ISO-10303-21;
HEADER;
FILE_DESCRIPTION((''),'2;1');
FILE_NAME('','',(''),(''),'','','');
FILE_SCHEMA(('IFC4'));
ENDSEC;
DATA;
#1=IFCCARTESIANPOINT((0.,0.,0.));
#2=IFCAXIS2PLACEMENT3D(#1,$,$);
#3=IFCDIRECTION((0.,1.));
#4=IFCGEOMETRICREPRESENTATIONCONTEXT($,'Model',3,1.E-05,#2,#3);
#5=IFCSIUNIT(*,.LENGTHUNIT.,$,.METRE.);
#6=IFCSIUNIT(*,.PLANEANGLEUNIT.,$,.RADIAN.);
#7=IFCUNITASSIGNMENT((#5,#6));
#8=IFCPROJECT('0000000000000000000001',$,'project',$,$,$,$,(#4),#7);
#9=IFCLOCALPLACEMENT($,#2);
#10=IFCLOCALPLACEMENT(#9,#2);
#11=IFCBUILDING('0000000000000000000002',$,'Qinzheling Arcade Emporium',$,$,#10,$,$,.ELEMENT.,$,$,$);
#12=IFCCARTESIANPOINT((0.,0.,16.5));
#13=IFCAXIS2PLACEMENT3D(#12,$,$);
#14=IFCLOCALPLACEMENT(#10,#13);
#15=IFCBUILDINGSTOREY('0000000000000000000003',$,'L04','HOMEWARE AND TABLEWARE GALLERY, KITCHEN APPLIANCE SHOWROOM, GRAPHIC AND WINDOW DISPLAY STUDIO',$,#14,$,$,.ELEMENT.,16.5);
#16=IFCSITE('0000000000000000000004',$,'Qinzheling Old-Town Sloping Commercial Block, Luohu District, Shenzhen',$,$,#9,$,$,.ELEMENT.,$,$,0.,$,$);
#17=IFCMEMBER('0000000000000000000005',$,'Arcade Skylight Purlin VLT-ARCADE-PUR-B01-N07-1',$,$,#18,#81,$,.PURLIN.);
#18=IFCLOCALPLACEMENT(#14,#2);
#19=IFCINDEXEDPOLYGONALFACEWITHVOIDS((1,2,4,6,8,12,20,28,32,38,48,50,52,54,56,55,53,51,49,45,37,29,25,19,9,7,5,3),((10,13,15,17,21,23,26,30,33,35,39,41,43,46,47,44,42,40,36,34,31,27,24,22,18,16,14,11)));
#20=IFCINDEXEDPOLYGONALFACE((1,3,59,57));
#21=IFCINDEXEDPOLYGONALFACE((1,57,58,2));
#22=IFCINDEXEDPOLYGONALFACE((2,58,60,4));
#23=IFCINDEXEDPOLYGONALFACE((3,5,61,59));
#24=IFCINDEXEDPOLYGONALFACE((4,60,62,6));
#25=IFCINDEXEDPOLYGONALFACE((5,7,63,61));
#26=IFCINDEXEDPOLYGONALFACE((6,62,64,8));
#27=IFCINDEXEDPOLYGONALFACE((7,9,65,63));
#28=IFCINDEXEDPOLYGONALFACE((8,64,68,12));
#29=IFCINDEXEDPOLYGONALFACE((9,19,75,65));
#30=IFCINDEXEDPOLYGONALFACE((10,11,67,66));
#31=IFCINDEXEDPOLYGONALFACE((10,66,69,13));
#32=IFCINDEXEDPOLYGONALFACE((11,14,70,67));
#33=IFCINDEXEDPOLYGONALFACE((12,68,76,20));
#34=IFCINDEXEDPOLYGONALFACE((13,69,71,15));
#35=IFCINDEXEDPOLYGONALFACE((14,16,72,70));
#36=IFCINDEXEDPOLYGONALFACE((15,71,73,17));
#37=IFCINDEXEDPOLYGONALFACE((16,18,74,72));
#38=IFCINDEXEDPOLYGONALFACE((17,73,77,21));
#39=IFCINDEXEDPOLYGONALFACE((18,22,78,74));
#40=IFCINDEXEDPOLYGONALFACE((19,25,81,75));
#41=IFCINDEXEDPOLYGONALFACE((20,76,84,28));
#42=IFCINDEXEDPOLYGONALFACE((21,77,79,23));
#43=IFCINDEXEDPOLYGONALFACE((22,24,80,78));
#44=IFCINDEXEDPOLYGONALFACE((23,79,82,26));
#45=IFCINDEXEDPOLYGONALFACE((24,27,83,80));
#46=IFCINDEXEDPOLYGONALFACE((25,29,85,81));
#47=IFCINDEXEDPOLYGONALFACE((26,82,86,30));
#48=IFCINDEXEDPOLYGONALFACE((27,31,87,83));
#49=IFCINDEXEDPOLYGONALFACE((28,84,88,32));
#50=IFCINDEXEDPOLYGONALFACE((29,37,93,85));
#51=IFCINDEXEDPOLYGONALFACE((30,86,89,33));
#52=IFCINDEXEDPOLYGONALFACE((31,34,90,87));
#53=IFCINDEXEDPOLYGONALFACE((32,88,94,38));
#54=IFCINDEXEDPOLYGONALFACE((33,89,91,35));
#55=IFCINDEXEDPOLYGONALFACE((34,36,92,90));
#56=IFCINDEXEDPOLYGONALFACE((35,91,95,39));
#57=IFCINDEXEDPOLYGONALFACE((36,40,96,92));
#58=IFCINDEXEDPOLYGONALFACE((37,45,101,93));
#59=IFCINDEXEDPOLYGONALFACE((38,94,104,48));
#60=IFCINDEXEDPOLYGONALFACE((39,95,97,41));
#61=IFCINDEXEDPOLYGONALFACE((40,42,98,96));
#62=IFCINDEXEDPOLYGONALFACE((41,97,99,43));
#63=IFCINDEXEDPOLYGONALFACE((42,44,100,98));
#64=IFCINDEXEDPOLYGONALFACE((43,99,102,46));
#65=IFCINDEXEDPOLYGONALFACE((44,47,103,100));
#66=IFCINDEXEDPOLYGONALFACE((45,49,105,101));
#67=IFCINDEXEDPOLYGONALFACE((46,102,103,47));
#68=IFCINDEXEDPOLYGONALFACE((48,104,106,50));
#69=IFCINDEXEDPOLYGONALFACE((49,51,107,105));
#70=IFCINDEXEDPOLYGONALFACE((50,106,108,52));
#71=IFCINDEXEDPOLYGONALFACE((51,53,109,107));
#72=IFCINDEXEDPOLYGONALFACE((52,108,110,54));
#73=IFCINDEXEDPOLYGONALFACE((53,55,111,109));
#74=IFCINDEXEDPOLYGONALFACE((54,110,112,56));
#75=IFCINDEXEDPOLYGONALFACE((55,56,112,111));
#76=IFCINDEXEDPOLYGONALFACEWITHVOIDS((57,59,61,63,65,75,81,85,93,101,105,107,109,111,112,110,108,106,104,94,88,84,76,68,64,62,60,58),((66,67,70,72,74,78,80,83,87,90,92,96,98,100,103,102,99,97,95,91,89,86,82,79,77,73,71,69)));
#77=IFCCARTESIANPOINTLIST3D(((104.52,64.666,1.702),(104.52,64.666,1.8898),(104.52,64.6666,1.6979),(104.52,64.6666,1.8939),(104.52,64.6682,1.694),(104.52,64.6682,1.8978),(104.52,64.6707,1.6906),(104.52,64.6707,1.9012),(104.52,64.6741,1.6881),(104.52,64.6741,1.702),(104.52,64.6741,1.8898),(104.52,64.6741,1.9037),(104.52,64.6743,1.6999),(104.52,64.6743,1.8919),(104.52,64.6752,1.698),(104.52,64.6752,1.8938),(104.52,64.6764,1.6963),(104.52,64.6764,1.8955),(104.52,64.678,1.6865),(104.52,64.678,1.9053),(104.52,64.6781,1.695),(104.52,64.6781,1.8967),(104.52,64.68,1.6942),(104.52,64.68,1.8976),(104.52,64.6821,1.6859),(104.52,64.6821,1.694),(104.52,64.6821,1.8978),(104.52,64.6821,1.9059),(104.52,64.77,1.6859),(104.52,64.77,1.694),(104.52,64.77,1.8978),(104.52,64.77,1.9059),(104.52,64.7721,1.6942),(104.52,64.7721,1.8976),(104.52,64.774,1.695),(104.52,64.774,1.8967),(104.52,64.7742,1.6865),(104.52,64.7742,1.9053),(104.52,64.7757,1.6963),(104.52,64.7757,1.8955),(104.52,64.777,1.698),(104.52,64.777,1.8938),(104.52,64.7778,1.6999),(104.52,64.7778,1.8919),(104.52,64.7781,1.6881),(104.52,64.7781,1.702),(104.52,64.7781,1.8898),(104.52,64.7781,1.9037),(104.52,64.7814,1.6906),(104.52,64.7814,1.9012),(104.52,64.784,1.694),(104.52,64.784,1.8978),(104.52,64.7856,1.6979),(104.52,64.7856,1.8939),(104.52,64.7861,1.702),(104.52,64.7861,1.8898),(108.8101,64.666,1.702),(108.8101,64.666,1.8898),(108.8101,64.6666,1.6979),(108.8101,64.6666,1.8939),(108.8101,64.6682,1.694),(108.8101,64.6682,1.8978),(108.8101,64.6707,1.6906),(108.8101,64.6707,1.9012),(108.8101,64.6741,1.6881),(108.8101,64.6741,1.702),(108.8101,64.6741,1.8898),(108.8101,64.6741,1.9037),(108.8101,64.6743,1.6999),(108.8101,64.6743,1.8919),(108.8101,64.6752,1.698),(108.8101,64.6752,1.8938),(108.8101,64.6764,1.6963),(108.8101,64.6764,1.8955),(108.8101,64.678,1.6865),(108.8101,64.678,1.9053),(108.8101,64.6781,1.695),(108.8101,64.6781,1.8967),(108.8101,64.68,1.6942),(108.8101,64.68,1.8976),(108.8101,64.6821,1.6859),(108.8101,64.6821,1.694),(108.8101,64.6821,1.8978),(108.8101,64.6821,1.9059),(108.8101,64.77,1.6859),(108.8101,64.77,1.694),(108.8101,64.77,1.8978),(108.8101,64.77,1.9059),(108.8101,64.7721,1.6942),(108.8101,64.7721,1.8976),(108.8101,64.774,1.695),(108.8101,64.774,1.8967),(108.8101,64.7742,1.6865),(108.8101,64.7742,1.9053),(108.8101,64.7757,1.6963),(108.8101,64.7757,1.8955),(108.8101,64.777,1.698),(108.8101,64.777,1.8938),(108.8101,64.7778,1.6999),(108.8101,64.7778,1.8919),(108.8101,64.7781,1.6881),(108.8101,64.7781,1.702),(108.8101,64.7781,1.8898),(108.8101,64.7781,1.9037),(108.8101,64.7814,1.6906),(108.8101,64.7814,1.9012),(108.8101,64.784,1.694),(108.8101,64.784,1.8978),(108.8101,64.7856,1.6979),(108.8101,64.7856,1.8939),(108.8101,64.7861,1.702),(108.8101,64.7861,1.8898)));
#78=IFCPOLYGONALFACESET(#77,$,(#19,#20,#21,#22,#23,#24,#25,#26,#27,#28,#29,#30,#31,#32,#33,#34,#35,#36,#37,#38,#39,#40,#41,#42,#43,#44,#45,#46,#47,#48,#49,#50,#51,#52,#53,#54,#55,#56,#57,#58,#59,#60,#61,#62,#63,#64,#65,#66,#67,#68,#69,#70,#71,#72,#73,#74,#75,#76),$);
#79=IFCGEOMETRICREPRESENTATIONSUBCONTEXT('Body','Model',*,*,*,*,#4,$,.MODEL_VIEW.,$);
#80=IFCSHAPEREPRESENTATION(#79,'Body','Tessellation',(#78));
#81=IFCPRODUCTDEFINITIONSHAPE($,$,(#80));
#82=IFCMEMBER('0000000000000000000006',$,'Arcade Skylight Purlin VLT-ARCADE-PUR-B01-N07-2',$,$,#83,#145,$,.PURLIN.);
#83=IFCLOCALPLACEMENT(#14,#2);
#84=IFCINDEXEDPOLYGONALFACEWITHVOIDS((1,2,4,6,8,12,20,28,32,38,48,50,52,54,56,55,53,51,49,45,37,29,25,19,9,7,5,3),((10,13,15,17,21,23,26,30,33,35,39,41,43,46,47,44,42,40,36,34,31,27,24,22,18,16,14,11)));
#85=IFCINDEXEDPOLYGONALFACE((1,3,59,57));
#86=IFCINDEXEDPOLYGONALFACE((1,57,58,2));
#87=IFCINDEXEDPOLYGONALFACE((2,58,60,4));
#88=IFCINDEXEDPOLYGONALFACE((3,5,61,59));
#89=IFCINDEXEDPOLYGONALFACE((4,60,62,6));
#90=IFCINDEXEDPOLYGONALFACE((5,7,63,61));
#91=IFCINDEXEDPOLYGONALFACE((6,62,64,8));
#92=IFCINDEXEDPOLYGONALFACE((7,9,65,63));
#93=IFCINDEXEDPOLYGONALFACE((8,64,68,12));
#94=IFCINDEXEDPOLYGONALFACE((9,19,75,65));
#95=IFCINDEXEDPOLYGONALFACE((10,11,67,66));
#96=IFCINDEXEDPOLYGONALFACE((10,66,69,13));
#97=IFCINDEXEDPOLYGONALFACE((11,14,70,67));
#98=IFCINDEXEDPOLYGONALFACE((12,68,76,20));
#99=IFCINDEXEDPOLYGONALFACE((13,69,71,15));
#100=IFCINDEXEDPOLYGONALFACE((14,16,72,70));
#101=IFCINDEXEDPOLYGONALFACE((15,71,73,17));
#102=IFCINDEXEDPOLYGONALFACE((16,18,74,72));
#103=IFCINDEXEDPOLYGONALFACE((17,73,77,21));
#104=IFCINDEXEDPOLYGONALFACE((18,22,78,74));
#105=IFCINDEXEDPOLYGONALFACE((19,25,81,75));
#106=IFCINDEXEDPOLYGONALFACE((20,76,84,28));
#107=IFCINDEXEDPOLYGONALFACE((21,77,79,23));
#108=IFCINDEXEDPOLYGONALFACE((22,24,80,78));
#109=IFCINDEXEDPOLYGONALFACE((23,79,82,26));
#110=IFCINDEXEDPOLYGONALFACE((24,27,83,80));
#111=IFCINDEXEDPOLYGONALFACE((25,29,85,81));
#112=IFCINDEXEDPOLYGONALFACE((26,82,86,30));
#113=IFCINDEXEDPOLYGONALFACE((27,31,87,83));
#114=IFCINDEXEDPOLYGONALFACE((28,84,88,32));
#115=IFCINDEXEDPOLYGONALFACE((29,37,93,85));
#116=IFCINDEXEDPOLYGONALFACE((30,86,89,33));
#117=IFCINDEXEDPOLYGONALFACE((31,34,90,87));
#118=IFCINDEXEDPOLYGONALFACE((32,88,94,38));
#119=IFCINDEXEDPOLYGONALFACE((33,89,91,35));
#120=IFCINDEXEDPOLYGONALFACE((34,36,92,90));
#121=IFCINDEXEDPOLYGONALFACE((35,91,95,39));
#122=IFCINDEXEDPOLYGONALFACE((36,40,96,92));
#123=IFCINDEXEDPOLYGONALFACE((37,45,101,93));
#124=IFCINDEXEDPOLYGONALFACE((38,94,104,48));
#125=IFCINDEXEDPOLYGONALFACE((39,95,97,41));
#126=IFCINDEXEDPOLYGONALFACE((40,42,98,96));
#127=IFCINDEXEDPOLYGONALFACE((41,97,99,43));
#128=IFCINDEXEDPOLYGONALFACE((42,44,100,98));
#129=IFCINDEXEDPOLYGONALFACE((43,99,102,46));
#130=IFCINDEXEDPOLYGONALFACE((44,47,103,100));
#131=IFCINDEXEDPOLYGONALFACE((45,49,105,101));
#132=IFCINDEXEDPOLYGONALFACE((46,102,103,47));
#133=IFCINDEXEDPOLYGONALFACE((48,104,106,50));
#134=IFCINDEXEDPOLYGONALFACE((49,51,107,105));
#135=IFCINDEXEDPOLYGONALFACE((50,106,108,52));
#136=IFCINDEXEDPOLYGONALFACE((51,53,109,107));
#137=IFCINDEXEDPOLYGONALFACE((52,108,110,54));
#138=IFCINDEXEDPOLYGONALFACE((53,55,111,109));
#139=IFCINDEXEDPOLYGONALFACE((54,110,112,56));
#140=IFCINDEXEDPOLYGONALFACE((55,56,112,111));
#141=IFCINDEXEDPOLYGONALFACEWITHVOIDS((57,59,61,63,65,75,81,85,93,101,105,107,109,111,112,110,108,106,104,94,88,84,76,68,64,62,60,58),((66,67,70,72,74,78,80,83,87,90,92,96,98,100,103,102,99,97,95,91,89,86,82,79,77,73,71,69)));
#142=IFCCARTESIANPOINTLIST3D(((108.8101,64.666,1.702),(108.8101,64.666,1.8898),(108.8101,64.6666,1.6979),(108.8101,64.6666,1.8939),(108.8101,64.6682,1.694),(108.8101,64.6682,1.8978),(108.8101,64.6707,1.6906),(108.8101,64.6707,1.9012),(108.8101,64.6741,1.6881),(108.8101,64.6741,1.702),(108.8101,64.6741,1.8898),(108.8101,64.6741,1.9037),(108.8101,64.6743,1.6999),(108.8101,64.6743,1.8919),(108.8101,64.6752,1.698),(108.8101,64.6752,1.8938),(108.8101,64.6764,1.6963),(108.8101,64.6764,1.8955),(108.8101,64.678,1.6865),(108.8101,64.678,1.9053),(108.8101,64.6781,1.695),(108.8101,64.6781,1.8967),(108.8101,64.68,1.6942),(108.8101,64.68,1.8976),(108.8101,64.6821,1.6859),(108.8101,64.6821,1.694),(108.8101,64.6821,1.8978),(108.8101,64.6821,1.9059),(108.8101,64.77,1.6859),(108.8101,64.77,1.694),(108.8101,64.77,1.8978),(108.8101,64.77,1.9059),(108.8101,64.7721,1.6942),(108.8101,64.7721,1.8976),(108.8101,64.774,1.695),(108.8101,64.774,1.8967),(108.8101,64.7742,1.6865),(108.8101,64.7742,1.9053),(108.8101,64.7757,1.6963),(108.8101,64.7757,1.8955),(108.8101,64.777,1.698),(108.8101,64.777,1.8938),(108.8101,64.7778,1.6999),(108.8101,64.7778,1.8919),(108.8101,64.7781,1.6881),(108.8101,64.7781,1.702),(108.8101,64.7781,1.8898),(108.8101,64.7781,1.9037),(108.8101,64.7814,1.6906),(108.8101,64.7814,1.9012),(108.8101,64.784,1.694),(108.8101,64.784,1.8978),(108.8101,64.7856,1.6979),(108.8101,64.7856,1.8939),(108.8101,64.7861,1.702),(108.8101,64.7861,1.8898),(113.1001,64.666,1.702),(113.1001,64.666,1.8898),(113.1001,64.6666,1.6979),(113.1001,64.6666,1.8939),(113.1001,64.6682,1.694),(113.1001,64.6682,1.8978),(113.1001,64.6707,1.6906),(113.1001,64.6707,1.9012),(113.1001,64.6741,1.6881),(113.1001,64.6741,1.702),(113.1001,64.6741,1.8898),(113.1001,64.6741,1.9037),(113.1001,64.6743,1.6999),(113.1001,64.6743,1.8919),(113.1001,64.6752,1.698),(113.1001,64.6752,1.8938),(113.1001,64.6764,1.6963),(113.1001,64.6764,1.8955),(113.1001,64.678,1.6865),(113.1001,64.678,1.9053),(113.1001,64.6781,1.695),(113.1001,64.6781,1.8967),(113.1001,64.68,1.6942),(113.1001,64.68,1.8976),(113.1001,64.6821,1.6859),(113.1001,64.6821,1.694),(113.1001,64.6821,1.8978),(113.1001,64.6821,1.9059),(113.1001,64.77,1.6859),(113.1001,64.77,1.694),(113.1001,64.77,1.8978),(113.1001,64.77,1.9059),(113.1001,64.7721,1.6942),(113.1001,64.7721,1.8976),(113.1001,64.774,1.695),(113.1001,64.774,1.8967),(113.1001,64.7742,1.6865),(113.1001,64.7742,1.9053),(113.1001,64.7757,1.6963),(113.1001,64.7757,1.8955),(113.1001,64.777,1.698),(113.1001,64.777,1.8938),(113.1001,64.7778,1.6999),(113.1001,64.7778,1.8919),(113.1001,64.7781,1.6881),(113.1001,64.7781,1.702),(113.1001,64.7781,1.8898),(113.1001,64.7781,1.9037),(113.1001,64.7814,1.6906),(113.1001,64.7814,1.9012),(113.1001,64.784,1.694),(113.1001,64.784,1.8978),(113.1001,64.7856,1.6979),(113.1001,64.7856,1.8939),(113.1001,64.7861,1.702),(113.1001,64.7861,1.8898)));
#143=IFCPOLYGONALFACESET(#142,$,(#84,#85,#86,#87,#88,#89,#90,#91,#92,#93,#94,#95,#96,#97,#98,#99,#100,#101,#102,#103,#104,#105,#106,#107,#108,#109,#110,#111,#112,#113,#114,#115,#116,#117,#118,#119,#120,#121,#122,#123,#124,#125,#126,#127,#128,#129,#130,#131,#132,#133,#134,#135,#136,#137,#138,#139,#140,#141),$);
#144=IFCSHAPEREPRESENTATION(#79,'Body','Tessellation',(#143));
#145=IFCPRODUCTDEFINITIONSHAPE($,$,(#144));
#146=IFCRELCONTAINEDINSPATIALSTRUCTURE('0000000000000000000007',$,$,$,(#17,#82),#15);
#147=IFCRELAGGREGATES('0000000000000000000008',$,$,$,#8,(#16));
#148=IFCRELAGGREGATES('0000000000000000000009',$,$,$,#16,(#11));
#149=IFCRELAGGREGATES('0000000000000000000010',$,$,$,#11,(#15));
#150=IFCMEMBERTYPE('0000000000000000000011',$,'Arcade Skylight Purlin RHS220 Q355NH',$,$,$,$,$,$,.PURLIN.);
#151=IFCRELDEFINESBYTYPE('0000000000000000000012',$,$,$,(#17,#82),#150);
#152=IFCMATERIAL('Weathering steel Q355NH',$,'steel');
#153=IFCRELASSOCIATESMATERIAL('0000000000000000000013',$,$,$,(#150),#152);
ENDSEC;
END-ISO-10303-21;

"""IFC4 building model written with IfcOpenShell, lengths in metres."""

from ifc_helpers import new_model, si_unit, direction, frame, origin, origin_2d, place, context, subcontext, project, spatial, hollow_rectangle, extrude, material, material_profile, profile_set, type_object, element, save


model = new_model("IFC4")

# Units and contexts
model_context = context("Model", 3, precision=1e-05, world=origin(), true_north=direction((0.0, 1.0)))
body_context = subcontext(model_context, "Body", "Model", "MODEL_VIEW")
ifc_project = project(units=[si_unit("LENGTHUNIT", "METRE"), si_unit("PLANEANGLEUNIT", "RADIAN")], contexts=[model_context])

# Site, building, storey
site_placement = place(None, origin())
site = spatial("IfcSite", under=ifc_project, at=site_placement, Name="Qinzheling Old-Town Sloping Commercial Block, Luohu District, Shenzhen", CompositionType="ELEMENT", RefElevation=0.0)
building_placement = place(site_placement, origin())
building = spatial("IfcBuilding", under=site, at=building_placement, Name="Qinzheling Arcade Emporium", CompositionType="ELEMENT")
storey_placement = place(building_placement, frame((0.0, 0.0, 16.5)))
storey = spatial("IfcBuildingStorey", under=building, at=storey_placement, Name="L04", Description="HOMEWARE AND TABLEWARE GALLERY, KITCHEN APPLIANCE SHOWROOM, GRAPHIC AND WINDOW DISPLAY STUDIO", CompositionType="ELEMENT", Elevation=16.5)

# Shared definitions
ifc_material_1 = material(Name="Weathering steel Q355NH", Category="steel")

# Members
ifc_material_profile_1 = material_profile(ifc_material_1, hollow_rectangle(XDim=0.1201, YDim=0.22, WallThickness=0.0081, InnerFilletRadius=0.0081, OuterFilletRadius=0.0161, at=origin_2d()), Name="RHS 220x120x8", Category="steel")
ifc_profile_set_1 = profile_set([ifc_material_profile_1], Name="Weathering steel Q355NH")
member_type_1 = type_object("IfcMemberType", Name="Arcade Skylight Purlin RHS220 Q355NH", PredefinedType="PURLIN", material=ifc_profile_set_1)
for number, where, z_axis, x_axis, name in (
    (1, (104.52, 64.7261, 1.7959), (1.0, 0.0, 0.0), (0.0, 1.0, 0.0), "Arcade Skylight Purlin VLT-ARCADE-PUR-B01-N07-1"),
    (2, (108.8101, 64.7261, 1.7959), (1.0, 0.0, 0.0), (0.0, 1.0, 0.0), "Arcade Skylight Purlin VLT-ARCADE-PUR-B01-N07-2"),
):
    element("IfcMember", number, at=place(storey_placement, frame(where, z_axis=z_axis, x_axis=x_axis)), inside=storey, type_object=member_type_1, Name=name, PredefinedType="PURLIN", context=body_context, shape_type="SweptSolid", body=[
        extrude(hollow_rectangle(XDim=0.1201, YDim=0.22, WallThickness=0.0081, InnerFilletRadius=0.0081, OuterFilletRadius=0.0161, at=origin_2d()), origin(), (0.0, 0.0, 1.0), 4.29),
    ])

save(model, "model.ifc")
